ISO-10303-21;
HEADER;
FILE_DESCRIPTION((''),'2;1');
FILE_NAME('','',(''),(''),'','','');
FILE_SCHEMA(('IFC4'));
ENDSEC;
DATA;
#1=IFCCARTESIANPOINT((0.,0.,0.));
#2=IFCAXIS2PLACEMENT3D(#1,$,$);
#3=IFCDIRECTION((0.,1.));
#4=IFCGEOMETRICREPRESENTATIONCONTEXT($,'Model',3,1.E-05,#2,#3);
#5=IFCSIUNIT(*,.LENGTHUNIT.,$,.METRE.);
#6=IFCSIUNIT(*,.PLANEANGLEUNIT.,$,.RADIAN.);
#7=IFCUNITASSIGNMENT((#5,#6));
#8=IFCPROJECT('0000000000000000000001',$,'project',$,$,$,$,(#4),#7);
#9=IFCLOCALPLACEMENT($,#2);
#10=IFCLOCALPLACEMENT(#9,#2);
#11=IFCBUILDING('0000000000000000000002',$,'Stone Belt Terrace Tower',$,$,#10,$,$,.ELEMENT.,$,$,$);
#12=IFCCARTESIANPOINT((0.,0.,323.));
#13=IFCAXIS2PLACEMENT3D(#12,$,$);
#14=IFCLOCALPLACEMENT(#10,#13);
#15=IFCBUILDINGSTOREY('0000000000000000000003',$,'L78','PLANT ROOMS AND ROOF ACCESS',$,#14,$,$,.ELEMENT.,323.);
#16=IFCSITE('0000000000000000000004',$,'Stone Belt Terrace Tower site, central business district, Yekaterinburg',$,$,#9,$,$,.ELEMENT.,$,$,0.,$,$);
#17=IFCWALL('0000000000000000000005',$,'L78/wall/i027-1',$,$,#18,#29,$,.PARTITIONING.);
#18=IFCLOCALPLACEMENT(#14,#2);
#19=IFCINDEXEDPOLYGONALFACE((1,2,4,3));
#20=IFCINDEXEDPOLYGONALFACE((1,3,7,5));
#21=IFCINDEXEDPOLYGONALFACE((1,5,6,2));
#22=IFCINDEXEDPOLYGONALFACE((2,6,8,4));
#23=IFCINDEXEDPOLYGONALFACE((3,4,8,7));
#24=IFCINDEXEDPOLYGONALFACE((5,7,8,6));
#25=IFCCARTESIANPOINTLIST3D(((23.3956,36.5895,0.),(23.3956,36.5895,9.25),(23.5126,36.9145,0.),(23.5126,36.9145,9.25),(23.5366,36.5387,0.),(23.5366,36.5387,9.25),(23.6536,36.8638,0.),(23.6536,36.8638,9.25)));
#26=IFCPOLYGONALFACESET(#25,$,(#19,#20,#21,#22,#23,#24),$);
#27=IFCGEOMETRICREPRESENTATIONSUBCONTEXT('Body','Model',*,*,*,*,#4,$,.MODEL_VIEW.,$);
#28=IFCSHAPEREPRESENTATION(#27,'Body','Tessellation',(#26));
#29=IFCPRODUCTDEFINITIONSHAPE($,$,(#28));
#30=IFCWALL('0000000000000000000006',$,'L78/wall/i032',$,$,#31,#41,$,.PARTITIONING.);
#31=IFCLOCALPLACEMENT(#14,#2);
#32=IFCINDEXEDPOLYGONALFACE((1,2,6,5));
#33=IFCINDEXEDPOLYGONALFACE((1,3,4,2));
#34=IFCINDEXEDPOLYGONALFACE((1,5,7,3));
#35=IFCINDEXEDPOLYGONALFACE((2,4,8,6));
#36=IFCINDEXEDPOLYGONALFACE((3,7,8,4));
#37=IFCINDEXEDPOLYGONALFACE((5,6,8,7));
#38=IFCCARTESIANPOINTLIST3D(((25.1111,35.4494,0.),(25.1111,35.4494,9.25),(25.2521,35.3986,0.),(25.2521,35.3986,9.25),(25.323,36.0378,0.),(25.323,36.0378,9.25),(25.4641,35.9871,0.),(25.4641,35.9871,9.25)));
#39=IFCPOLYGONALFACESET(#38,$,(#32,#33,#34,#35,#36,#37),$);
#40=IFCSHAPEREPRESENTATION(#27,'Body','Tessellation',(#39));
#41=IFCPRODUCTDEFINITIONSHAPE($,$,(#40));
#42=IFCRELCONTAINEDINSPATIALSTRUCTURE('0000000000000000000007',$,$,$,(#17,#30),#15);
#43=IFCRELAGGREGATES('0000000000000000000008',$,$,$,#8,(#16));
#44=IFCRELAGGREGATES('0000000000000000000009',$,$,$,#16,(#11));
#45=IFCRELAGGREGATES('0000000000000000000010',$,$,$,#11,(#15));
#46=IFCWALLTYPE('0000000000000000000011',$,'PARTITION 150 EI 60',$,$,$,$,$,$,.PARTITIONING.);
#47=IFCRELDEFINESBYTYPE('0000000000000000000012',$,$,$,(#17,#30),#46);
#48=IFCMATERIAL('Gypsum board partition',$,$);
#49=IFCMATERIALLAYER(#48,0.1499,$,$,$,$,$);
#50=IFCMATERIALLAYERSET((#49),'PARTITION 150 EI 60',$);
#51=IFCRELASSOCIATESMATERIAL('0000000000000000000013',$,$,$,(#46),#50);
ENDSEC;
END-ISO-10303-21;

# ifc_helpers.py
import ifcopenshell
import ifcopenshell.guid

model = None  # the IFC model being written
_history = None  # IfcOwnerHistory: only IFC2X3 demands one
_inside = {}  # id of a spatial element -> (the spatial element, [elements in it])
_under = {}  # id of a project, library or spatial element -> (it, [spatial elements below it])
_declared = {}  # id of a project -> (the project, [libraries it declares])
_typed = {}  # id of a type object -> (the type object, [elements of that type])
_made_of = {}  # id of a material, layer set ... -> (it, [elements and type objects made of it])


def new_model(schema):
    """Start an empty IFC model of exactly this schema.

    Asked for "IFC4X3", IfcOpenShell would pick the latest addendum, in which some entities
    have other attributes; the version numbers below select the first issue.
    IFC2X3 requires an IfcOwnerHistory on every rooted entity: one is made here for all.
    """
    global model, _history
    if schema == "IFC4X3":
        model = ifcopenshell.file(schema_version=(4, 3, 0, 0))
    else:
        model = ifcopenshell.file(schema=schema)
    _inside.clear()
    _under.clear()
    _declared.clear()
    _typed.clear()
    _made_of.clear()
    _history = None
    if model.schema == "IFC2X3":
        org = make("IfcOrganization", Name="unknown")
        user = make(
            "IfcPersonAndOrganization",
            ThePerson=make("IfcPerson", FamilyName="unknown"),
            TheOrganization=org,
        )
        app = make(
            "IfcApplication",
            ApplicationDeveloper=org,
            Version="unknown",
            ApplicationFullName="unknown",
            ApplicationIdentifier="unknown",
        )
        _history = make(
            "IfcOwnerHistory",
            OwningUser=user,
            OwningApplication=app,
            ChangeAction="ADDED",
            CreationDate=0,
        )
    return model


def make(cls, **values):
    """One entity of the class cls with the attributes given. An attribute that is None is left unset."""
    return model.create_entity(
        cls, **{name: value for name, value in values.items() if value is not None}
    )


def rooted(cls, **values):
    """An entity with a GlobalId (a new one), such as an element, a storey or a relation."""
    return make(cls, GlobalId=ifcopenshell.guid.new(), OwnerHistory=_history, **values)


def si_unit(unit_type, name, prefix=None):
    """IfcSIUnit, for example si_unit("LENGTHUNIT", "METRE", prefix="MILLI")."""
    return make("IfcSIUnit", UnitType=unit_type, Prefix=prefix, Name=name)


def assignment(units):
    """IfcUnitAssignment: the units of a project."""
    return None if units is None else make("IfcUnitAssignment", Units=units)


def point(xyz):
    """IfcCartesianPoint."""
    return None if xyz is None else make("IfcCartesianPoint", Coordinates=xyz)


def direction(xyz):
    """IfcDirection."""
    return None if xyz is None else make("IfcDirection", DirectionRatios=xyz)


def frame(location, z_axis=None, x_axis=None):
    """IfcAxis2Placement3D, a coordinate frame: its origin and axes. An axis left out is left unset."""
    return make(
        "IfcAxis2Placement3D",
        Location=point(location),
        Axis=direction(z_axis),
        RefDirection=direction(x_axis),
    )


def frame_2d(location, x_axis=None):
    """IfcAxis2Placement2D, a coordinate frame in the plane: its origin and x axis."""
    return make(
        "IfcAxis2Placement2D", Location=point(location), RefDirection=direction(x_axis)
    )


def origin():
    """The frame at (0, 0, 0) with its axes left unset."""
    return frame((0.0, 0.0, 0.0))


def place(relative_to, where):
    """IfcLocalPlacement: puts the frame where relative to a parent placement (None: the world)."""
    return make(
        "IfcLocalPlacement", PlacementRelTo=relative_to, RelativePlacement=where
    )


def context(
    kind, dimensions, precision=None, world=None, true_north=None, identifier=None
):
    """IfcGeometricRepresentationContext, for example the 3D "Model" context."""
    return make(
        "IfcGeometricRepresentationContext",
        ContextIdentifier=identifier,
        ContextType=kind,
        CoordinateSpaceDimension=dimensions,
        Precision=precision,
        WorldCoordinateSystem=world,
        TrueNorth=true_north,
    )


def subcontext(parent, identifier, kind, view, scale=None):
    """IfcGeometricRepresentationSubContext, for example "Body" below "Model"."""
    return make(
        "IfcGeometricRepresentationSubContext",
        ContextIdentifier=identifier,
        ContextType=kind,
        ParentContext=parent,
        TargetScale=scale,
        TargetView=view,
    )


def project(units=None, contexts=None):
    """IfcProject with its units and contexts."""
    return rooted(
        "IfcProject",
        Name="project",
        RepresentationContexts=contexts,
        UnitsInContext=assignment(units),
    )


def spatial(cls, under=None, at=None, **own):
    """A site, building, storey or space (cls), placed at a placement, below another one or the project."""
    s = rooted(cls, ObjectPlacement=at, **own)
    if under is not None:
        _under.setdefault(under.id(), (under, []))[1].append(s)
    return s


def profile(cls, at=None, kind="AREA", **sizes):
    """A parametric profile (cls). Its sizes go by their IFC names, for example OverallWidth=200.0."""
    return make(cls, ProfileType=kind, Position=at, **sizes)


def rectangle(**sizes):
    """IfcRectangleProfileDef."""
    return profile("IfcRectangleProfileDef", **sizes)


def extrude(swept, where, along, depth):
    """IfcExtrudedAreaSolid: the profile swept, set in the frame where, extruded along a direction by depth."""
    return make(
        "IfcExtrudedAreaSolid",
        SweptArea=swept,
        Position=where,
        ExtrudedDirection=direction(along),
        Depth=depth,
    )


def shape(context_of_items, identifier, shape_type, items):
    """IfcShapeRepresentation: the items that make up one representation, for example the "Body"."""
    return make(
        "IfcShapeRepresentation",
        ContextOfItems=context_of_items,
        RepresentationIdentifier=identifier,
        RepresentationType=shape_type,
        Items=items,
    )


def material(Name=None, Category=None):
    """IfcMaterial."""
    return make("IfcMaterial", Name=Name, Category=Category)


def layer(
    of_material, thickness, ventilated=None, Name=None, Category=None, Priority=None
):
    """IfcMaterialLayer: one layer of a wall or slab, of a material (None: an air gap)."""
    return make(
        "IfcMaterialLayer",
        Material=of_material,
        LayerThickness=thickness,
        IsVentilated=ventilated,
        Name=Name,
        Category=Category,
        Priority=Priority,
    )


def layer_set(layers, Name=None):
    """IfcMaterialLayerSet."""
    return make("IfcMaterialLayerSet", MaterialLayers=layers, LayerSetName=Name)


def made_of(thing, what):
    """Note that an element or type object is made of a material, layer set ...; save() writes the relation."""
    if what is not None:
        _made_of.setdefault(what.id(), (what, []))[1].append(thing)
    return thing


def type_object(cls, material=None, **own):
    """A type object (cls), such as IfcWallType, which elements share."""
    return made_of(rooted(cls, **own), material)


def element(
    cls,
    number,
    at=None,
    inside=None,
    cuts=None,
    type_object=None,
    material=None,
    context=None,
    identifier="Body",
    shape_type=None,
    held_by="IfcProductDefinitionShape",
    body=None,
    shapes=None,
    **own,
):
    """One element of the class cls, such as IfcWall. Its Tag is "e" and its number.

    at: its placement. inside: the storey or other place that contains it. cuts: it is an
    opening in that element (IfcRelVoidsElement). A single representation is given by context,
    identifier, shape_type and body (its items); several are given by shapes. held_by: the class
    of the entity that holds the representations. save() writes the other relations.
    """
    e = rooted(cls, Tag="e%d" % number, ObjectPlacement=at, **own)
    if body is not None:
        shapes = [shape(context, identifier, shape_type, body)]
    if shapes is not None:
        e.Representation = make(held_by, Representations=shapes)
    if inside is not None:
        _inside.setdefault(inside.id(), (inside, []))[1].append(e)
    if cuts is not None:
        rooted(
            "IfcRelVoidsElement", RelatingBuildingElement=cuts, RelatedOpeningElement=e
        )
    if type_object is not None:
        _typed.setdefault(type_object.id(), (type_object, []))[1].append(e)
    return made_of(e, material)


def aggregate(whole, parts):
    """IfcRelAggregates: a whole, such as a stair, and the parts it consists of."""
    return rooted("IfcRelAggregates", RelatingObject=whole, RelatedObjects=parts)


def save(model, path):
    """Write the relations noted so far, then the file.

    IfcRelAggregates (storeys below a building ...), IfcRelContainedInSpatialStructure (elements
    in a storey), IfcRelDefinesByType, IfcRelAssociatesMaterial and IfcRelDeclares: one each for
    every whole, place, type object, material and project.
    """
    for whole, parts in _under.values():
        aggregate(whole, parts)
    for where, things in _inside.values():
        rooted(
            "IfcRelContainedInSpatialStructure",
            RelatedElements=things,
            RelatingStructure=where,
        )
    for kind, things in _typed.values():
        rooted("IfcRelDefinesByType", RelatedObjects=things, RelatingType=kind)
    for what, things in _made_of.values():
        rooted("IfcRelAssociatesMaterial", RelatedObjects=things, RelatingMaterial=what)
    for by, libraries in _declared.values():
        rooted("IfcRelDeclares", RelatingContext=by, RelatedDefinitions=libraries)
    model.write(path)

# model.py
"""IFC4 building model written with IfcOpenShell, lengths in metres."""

from ifc_helpers import new_model, si_unit, direction, frame, frame_2d, origin, place, context, subcontext, project, spatial, rectangle, extrude, material, layer, layer_set, type_object, element, save


model = new_model("IFC4")

# Units and contexts
model_context = context("Model", 3, precision=1e-05, world=origin(), true_north=direction((0.0, 1.0)))
body_context = subcontext(model_context, "Body", "Model", "MODEL_VIEW")
ifc_project = project(units=[si_unit("LENGTHUNIT", "METRE"), si_unit("PLANEANGLEUNIT", "RADIAN")], contexts=[model_context])

# Site, building, storey
site_placement = place(None, origin())
site = spatial("IfcSite", under=ifc_project, at=site_placement, Name="Stone Belt Terrace Tower site, central business district, Yekaterinburg", CompositionType="ELEMENT", RefElevation=0.0)
building_placement = place(site_placement, origin())
building = spatial("IfcBuilding", under=site, at=building_placement, Name="Stone Belt Terrace Tower", CompositionType="ELEMENT")
storey_placement = place(building_placement, frame((0.0, 0.0, 323.0)))
storey = spatial("IfcBuildingStorey", under=building, at=storey_placement, Name="L78", Description="PLANT ROOMS AND ROOF ACCESS", CompositionType="ELEMENT", Elevation=323.0)

# Walls
ifc_material_1 = material(Name="Gypsum board partition")
ifc_layer_1 = layer(ifc_material_1, 0.1499)
ifc_layer_set_1 = layer_set([ifc_layer_1], Name="PARTITION 150 EI 60")
wall_type = type_object("IfcWallType", Name="PARTITION 150 EI 60", PredefinedType="PARTITIONING", material=ifc_layer_set_1)
wall_1_placement = place(storey_placement, frame((23.4661, 36.564, 0.0), z_axis=(0.0, 0.0, 1.0), x_axis=(0.338619, 0.940923, 0.0)))
element("IfcWall", 1, at=wall_1_placement, inside=storey, type_object=wall_type, Name="L78/wall/i027-1", PredefinedType="PARTITIONING", context=body_context, shape_type="SweptSolid", body=[
    extrude(rectangle(XDim=0.3455, YDim=0.1499, at=frame_2d((0.1729, 0.0))), origin(), (0.0, 0.0, 1.0), 9.25),
])
wall_2_placement = place(storey_placement, frame((25.3936, 36.0125, 0.0), z_axis=(0.0, 0.0, 1.0), x_axis=(-0.338858, -0.940838, 0.0)))
element("IfcWall", 2, at=wall_2_placement, inside=storey, type_object=wall_type, Name="L78/wall/i032", PredefinedType="PARTITIONING", context=body_context, shape_type="SweptSolid", body=[
    extrude(rectangle(XDim=0.6255, YDim=0.1499, at=frame_2d((0.3127, 0.0))), origin(), (0.0, 0.0, 1.0), 9.25),
])

save(model, "model.ifc")
